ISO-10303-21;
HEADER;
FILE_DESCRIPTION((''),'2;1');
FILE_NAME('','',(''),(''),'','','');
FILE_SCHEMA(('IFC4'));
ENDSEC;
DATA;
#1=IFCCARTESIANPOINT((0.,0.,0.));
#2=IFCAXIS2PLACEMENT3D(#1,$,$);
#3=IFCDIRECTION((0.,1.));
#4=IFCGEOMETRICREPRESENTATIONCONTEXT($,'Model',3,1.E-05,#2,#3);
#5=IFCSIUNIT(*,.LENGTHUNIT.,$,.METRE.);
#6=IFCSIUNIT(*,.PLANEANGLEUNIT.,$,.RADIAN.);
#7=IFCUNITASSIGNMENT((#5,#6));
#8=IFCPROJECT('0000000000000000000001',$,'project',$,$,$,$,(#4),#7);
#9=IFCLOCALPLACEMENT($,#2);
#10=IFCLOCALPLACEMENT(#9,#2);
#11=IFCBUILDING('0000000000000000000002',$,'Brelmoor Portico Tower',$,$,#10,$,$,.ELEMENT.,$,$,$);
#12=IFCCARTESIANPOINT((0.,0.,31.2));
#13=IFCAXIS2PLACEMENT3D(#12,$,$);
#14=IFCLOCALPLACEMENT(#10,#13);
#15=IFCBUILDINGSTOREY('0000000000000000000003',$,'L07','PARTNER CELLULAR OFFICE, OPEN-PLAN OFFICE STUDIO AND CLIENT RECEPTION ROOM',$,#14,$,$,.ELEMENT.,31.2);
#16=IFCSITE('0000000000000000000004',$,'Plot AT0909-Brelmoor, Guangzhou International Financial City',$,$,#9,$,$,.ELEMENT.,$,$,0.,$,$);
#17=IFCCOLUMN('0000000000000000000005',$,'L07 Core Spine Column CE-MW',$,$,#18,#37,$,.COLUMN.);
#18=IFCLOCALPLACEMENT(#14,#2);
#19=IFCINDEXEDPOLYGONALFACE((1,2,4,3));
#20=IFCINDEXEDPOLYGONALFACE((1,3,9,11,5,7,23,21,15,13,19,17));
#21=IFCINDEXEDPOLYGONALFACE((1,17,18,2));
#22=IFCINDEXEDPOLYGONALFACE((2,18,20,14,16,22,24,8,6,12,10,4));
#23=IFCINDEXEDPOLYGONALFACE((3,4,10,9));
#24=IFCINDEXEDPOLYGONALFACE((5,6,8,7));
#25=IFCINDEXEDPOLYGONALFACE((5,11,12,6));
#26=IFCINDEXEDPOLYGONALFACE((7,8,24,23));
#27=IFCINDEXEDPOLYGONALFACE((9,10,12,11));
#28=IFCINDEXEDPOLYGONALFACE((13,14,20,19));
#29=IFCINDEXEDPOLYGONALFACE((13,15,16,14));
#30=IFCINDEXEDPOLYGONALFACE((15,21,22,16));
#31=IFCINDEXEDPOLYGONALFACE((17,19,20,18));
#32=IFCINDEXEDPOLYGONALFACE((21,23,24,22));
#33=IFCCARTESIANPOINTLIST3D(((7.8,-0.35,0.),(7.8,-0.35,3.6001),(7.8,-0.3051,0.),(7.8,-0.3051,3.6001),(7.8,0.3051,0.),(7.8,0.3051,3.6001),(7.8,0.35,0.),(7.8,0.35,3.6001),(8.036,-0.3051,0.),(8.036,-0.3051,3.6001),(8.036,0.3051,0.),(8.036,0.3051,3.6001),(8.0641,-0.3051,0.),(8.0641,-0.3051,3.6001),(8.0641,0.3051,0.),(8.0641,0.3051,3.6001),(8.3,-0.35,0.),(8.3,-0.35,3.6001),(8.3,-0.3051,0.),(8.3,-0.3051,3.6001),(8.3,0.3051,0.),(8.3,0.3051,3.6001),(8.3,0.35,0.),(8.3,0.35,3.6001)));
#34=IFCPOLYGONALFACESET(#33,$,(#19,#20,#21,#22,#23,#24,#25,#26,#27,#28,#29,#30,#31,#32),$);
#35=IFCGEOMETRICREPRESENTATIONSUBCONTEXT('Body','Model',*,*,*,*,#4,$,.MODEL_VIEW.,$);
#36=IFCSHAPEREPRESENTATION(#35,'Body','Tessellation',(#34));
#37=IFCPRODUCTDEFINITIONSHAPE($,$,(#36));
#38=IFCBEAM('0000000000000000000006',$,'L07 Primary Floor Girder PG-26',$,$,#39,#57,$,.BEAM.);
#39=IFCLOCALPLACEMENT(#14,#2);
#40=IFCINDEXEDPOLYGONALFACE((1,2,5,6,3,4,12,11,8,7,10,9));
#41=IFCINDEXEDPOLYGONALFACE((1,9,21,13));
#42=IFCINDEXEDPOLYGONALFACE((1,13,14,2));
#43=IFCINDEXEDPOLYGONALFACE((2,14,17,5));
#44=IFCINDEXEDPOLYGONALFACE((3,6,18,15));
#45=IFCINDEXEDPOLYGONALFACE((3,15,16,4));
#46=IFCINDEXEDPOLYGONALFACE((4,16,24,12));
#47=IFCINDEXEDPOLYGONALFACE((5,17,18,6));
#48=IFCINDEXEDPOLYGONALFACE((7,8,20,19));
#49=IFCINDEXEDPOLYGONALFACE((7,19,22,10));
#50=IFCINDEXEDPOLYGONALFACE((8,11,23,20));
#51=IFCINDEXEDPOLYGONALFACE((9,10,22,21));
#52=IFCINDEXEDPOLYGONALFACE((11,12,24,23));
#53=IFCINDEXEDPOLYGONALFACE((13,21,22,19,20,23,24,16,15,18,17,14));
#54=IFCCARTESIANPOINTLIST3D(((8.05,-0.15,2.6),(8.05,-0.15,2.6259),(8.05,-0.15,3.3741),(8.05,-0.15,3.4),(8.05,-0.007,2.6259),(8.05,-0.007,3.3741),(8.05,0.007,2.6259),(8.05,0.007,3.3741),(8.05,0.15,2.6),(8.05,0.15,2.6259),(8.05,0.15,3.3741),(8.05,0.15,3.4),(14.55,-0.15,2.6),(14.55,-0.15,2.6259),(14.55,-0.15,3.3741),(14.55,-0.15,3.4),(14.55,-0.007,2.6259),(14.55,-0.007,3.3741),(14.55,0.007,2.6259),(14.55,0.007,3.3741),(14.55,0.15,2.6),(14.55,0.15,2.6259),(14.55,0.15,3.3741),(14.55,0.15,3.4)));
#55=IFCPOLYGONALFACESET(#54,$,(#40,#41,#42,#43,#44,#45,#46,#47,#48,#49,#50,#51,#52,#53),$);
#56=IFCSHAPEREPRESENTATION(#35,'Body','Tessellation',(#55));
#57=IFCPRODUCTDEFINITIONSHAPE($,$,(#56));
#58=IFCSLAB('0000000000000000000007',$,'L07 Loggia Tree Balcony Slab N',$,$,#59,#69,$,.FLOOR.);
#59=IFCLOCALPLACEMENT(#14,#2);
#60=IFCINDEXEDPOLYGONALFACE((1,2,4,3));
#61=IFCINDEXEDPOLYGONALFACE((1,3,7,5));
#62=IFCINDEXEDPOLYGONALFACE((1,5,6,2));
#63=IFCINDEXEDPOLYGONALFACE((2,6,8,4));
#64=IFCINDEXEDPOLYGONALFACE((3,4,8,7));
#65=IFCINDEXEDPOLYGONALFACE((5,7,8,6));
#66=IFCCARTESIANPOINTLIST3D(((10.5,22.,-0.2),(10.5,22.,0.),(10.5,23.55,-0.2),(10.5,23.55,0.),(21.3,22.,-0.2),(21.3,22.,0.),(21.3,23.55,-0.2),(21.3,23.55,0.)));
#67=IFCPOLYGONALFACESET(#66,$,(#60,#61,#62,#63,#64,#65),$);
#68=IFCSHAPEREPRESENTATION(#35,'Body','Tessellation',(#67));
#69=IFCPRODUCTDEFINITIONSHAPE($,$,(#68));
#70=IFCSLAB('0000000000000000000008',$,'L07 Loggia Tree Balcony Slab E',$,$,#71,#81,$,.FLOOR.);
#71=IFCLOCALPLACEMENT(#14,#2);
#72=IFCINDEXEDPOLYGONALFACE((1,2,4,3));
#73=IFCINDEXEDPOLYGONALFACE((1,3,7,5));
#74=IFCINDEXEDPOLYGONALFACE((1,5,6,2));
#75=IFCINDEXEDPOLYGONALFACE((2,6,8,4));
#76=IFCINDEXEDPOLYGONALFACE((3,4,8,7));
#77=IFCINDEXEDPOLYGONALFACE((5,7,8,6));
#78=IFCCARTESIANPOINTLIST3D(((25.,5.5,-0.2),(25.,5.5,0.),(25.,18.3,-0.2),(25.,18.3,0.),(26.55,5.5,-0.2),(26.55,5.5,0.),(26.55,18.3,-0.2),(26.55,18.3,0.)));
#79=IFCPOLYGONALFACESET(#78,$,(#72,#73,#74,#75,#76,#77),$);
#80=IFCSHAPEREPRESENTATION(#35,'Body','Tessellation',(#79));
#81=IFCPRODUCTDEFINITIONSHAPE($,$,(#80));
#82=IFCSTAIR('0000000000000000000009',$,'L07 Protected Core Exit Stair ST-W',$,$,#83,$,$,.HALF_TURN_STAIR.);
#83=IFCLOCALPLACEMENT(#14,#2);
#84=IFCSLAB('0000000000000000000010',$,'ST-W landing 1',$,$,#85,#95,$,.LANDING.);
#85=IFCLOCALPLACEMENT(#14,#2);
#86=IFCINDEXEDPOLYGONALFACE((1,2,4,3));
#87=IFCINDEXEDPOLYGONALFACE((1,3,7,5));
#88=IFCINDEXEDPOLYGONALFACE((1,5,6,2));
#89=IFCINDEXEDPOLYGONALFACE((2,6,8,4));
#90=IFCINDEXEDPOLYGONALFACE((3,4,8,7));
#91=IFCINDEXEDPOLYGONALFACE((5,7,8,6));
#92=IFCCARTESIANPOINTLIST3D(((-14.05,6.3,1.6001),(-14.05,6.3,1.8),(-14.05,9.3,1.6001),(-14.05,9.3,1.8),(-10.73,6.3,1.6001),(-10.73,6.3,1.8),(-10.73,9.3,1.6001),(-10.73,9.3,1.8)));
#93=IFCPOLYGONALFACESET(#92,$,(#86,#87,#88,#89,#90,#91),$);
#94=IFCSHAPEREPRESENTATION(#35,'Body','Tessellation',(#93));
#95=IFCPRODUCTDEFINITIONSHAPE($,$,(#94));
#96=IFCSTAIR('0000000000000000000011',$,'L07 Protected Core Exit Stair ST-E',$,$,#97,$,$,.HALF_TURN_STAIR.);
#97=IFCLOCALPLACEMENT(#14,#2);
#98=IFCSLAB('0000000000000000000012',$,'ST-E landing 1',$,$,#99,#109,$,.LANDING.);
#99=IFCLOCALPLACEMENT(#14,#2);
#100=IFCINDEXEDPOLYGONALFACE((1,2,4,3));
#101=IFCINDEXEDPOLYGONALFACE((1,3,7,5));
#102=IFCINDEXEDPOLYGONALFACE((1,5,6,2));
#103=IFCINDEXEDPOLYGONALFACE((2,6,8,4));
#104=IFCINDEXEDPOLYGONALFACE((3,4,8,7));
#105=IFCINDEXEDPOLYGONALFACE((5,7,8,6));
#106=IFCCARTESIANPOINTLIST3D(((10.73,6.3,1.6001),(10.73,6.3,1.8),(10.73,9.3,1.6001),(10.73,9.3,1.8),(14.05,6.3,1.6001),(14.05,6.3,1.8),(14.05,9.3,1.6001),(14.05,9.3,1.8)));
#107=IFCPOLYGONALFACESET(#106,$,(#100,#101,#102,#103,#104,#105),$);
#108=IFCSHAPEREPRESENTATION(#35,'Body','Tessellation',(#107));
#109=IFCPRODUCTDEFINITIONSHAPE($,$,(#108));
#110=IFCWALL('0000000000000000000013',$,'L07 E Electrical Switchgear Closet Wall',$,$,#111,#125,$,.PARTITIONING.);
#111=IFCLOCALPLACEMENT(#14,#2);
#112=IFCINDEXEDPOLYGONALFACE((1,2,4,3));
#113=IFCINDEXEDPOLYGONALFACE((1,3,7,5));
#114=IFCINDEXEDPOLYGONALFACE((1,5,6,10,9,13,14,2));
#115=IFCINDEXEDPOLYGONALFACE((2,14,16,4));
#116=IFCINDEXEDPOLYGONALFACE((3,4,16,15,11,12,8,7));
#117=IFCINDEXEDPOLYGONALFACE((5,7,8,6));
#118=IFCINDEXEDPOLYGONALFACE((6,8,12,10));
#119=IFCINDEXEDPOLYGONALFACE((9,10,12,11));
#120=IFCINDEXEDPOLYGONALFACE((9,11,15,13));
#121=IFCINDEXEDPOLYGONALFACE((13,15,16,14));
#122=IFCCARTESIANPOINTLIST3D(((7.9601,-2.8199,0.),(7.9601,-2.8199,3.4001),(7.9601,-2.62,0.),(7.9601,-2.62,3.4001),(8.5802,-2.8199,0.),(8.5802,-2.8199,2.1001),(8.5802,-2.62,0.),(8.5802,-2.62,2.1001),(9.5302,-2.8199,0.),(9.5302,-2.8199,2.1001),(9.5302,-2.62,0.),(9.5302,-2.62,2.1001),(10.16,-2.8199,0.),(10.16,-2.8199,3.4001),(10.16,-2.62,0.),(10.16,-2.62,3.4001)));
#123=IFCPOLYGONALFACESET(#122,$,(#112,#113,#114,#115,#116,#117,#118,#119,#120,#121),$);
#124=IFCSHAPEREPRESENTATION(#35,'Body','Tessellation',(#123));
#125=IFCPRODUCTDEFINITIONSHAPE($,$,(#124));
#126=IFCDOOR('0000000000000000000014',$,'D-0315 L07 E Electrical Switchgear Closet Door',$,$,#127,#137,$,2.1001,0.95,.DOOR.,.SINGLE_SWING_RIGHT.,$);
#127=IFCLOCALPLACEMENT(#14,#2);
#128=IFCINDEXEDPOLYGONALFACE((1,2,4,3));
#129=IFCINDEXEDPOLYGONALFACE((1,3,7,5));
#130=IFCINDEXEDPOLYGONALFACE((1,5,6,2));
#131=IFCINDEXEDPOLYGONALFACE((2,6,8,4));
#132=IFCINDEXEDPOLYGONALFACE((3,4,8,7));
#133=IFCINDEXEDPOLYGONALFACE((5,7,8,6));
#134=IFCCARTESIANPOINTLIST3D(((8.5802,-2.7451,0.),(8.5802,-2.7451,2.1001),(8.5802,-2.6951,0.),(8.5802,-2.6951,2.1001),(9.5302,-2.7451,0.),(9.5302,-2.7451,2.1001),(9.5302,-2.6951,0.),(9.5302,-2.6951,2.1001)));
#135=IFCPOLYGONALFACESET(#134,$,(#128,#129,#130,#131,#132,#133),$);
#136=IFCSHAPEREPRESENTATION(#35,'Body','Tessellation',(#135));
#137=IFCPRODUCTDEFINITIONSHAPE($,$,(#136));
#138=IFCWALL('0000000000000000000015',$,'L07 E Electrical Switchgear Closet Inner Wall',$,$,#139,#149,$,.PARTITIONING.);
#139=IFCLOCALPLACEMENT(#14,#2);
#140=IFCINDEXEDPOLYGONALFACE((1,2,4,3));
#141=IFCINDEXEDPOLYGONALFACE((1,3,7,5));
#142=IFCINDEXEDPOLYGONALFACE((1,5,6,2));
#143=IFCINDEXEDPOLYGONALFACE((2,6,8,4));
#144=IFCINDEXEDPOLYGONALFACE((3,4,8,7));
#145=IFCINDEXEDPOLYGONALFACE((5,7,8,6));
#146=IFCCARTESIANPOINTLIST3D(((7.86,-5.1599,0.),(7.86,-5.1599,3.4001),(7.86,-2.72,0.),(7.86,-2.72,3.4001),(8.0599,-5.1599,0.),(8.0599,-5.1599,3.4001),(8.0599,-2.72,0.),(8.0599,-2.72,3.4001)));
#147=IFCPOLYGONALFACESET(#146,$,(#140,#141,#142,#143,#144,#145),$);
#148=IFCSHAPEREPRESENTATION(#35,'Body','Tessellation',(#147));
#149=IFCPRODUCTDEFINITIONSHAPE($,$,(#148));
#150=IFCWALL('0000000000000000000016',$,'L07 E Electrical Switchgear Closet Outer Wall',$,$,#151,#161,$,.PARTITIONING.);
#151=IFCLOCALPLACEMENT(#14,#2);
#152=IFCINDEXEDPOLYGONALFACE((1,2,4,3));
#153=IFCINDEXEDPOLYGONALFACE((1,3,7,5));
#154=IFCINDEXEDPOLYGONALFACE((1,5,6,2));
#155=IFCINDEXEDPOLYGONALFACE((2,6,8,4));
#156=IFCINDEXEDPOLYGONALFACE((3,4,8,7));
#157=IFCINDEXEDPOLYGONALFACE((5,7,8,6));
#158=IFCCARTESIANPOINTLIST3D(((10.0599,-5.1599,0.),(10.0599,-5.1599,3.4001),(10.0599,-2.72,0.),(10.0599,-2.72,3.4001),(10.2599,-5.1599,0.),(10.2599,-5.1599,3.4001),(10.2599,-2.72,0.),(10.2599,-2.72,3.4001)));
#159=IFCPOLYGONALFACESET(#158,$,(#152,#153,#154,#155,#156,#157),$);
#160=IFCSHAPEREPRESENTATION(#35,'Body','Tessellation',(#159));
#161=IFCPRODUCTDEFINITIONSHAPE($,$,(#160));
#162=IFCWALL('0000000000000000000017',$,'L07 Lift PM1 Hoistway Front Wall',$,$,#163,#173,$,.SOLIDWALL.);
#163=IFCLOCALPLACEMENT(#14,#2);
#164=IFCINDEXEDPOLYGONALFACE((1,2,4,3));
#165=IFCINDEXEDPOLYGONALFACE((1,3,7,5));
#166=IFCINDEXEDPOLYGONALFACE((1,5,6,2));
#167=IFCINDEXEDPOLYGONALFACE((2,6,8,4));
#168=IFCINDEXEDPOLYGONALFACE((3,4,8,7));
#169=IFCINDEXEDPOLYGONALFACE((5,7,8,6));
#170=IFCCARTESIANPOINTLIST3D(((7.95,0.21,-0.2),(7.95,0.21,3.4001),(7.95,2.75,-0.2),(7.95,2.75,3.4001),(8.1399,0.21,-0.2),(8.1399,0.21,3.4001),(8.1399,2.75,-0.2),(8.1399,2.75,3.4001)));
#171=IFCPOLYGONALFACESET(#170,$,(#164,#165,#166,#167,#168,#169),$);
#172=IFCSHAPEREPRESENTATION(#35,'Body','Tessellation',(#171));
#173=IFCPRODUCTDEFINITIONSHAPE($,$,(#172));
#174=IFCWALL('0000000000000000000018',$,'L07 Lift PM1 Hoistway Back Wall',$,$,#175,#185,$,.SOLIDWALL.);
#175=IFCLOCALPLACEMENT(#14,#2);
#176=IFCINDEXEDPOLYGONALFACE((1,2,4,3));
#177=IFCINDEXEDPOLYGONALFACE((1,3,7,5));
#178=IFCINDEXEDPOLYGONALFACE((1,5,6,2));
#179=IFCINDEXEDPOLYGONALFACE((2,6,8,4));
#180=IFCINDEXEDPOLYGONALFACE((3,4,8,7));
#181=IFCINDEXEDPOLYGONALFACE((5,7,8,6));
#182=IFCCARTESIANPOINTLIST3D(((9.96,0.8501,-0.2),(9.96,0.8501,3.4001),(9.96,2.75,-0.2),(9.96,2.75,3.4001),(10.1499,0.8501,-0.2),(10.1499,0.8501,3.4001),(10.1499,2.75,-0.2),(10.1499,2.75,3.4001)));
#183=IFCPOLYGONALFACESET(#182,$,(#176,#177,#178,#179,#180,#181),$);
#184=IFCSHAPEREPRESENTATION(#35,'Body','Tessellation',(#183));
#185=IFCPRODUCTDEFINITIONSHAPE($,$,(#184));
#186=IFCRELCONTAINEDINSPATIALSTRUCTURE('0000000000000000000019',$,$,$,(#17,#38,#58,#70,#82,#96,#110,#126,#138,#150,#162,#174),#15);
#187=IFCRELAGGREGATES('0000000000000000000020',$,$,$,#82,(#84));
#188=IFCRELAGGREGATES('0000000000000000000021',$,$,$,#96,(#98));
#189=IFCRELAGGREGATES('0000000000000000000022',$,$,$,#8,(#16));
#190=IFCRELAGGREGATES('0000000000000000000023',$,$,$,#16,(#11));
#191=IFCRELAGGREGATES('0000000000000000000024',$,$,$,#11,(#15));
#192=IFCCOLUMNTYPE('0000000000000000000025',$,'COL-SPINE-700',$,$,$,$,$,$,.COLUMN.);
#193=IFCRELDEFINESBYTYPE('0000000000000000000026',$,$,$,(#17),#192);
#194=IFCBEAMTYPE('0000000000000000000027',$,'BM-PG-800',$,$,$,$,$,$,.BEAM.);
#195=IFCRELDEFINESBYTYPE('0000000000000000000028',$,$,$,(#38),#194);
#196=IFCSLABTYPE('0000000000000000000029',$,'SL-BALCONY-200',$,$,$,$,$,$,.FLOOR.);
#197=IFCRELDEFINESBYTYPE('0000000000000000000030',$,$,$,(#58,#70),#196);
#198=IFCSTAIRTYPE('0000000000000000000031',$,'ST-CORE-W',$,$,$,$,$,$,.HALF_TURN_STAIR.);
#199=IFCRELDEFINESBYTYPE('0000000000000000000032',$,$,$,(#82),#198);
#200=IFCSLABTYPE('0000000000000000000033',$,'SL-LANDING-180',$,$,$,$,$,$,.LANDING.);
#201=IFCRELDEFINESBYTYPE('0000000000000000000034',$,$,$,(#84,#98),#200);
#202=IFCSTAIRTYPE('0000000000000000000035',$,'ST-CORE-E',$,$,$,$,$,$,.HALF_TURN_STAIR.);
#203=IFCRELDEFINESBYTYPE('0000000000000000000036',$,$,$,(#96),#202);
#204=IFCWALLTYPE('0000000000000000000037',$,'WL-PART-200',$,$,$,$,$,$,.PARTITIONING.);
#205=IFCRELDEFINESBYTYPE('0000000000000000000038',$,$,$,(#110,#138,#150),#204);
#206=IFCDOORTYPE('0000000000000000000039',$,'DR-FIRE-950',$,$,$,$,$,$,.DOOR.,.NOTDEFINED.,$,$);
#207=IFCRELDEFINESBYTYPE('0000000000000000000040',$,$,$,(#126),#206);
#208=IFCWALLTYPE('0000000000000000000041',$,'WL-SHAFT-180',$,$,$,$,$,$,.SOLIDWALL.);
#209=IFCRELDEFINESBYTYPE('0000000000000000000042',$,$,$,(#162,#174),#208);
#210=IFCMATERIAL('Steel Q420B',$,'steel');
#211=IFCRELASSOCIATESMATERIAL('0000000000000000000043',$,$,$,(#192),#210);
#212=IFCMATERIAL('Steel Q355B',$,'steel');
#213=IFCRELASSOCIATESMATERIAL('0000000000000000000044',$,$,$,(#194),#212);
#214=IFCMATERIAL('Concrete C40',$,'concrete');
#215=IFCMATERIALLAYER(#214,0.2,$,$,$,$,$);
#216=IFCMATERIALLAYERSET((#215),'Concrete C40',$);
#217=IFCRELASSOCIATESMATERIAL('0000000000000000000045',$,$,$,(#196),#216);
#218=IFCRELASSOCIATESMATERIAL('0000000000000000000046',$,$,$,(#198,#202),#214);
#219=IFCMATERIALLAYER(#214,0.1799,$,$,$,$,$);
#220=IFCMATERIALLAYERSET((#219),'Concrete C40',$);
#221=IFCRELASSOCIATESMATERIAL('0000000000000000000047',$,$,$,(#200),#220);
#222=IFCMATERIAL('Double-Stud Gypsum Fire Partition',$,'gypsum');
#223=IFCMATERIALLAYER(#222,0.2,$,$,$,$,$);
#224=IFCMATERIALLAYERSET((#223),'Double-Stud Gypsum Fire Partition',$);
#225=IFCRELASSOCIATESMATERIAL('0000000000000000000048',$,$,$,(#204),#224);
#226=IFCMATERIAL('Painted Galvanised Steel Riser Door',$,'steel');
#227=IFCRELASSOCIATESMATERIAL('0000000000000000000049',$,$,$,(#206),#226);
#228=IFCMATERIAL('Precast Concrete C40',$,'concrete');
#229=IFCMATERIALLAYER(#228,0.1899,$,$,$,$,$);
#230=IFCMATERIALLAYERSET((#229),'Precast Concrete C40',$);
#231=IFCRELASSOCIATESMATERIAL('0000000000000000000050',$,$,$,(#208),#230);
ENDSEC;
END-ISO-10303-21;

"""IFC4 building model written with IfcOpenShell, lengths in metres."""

from ifc_helpers import new_model, si_unit, direction, frame, frame_2d, origin, origin_2d, place, context, subcontext, project, spatial, polyline, rectangle, i_section, outline, extrude, material, layer, layer_set, material_profile, profile_set, type_object, element, fill, aggregate, save


model = new_model("IFC4")

# Units and contexts
model_context = context("Model", 3, precision=1e-05, world=origin(), true_north=direction((0.0, 1.0)))
body_context = subcontext(model_context, "Body", "Model", "MODEL_VIEW")
ifc_project = project(units=[si_unit("LENGTHUNIT", "METRE"), si_unit("PLANEANGLEUNIT", "RADIAN")], contexts=[model_context])

# Site, building, storey
site_placement = place(None, origin())
site = spatial("IfcSite", under=ifc_project, at=site_placement, Name="Plot AT0909-Brelmoor, Guangzhou International Financial City", CompositionType="ELEMENT", RefElevation=0.0)
building_placement = place(site_placement, origin())
building = spatial("IfcBuilding", under=site, at=building_placement, Name="Brelmoor Portico Tower", CompositionType="ELEMENT")
storey_placement = place(building_placement, frame((0.0, 0.0, 31.2)))
storey = spatial("IfcBuildingStorey", under=building, at=storey_placement, Name="L07", Description="PARTNER CELLULAR OFFICE, OPEN-PLAN OFFICE STUDIO AND CLIENT RECEPTION ROOM", CompositionType="ELEMENT", Elevation=31.2)

# Column
ifc_material_1 = material(Name="Steel Q420B", Category="steel")
ifc_material_profile_1 = material_profile(ifc_material_1, i_section(OverallWidth=0.5, OverallDepth=0.7, WebThickness=0.0281, FlangeThickness=0.0449, at=origin_2d()), Name="HW 700x500x28x45")
ifc_profile_set_1 = profile_set([ifc_material_profile_1], Name="Steel Q420B")
column_type = type_object("IfcColumnType", Name="COL-SPINE-700", PredefinedType="COLUMN", material=ifc_profile_set_1)
column_placement = place(storey_placement, frame((8.05, 0.0, 0.0), z_axis=(0.0, 0.0, 1.0), x_axis=(1.0, 0.0, 0.0)))
element("IfcColumn", 1, at=column_placement, inside=storey, type_object=column_type, Name="L07 Core Spine Column CE-MW", PredefinedType="COLUMN", context=body_context, shape_type="SweptSolid", body=[
    extrude(i_section(OverallWidth=0.5, OverallDepth=0.7, WebThickness=0.0281, FlangeThickness=0.0449, at=origin_2d()), origin(), (0.0, 0.0, 1.0), 3.6001),
])

# Beam
ifc_material_2 = material(Name="Steel Q355B", Category="steel")
ifc_material_profile_2 = material_profile(ifc_material_2, i_section(OverallWidth=0.3, OverallDepth=0.8, WebThickness=0.0139, FlangeThickness=0.0259, at=origin_2d()), Name="HN 800x300x14x26")
ifc_profile_set_2 = profile_set([ifc_material_profile_2], Name="Steel Q355B")
beam_type = type_object("IfcBeamType", Name="BM-PG-800", PredefinedType="BEAM", material=ifc_profile_set_2)
beam_placement = place(storey_placement, frame((8.05, 0.0, 3.0), z_axis=(1.0, 0.0, 0.0), x_axis=(0.0, 1.0, 0.0)))
element("IfcBeam", 2, at=beam_placement, inside=storey, type_object=beam_type, Name="L07 Primary Floor Girder PG-26", PredefinedType="BEAM", context=body_context, shape_type="SweptSolid", body=[
    extrude(i_section(OverallWidth=0.3, OverallDepth=0.8, WebThickness=0.0139, FlangeThickness=0.0259, at=origin_2d()), origin(), (0.0, 0.0, 1.0), 6.5),
])

# Slabs
ifc_material_3 = material(Name="Concrete C40", Category="concrete")
ifc_layer_1 = layer(ifc_material_3, 0.2)
ifc_layer_set_1 = layer_set([ifc_layer_1], Name="Concrete C40")
slab_type_1 = type_object("IfcSlabType", Name="SL-BALCONY-200", PredefinedType="FLOOR", material=ifc_layer_set_1)
slab_1_placement = place(storey_placement, frame((0.0, 0.0, -0.2)))
element("IfcSlab", 3, at=slab_1_placement, inside=storey, type_object=slab_type_1, Name="L07 Loggia Tree Balcony Slab N", PredefinedType="FLOOR", context=body_context, shape_type="SweptSolid", body=[
    extrude(outline(polyline([(10.5, 22.0), (21.3, 22.0), (21.3, 23.55), (10.5, 23.55), (10.5, 22.0)])), origin(), (0.0, 0.0, 1.0), 0.2),
])
slab_2_placement = place(storey_placement, frame((0.0, 0.0, -0.2)))
element("IfcSlab", 4, at=slab_2_placement, inside=storey, type_object=slab_type_1, Name="L07 Loggia Tree Balcony Slab E", PredefinedType="FLOOR", context=body_context, shape_type="SweptSolid", body=[
    extrude(outline(polyline([(25.0, 5.5), (26.55, 5.5), (26.55, 18.3), (25.0, 18.3), (25.0, 5.5)])), origin(), (0.0, 0.0, 1.0), 0.2),
])

# Stairs, slabs
stair_type_1 = type_object("IfcStairType", Name="ST-CORE-W", PredefinedType="HALF_TURN_STAIR", material=ifc_material_3)
stair_1_placement = place(storey_placement, origin())
stair_1 = element("IfcStair", 5, at=stair_1_placement, inside=storey, type_object=stair_type_1, Name="L07 Protected Core Exit Stair ST-W", PredefinedType="HALF_TURN_STAIR")
ifc_layer_2 = layer(ifc_material_3, 0.1799)
ifc_layer_set_2 = layer_set([ifc_layer_2], Name="Concrete C40")
slab_type_2 = type_object("IfcSlabType", Name="SL-LANDING-180", PredefinedType="LANDING", material=ifc_layer_set_2)
slab_3_placement = place(storey_placement, frame((0.0, 0.0, 1.6001)))
slab_3 = element("IfcSlab", 6, at=slab_3_placement, type_object=slab_type_2, Name="ST-W landing 1", PredefinedType="LANDING", context=body_context, shape_type="SweptSolid", body=[
    extrude(outline(polyline([(-10.73, 6.3), (-10.73, 9.3), (-14.05, 9.3), (-14.05, 6.3), (-10.73, 6.3)])), origin(), (0.0, 0.0, 1.0), 0.2),
])
aggregate(stair_1, [slab_3])
stair_type_2 = type_object("IfcStairType", Name="ST-CORE-E", PredefinedType="HALF_TURN_STAIR", material=ifc_material_3)
stair_2_placement = place(storey_placement, origin())
stair_2 = element("IfcStair", 7, at=stair_2_placement, inside=storey, type_object=stair_type_2, Name="L07 Protected Core Exit Stair ST-E", PredefinedType="HALF_TURN_STAIR")
slab_4_placement = place(storey_placement, frame((0.0, 0.0, 1.6001)))
slab_4 = element("IfcSlab", 8, at=slab_4_placement, type_object=slab_type_2, Name="ST-E landing 1", PredefinedType="LANDING", context=body_context, shape_type="SweptSolid", body=[
    extrude(outline(polyline([(14.05, 6.3), (14.05, 9.3), (10.73, 9.3), (10.73, 6.3), (14.05, 6.3)])), origin(), (0.0, 0.0, 1.0), 0.2),
])
aggregate(stair_2, [slab_4])

# Wall, opening, door
ifc_material_4 = material(Name="Double-Stud Gypsum Fire Partition", Category="gypsum")
ifc_layer_3 = layer(ifc_material_4, 0.2)
ifc_layer_set_3 = layer_set([ifc_layer_3], Name="Double-Stud Gypsum Fire Partition")
wall_type_1 = type_object("IfcWallType", Name="WL-PART-200", PredefinedType="PARTITIONING", material=ifc_layer_set_3)
wall_1_placement = place(storey_placement, frame((7.96, -2.72, 0.0), z_axis=(0.0, 0.0, 1.0), x_axis=(1.0, 0.0, 0.0)))
wall_1 = element("IfcWall", 9, at=wall_1_placement, inside=storey, type_object=wall_type_1, Name="L07 E Electrical Switchgear Closet Wall", PredefinedType="PARTITIONING", context=body_context, shape_type="SweptSolid", body=[
    extrude(rectangle(XDim=2.2, YDim=0.2, at=frame_2d((1.1001, 0.0))), origin(), (0.0, 0.0, 1.0), 3.4001),
])
opening_1_placement = place(wall_1_placement, frame((0.6201, 0.0, 0.0)))
opening_1 = element("IfcOpeningElement", 10, at=opening_1_placement, cuts=wall_1, PredefinedType="OPENING", context=body_context, shape_type="SweptSolid", body=[
    extrude(rectangle(XDim=0.95, YDim=2.1001, at=frame_2d((0.4751, 1.05))), frame((0.0, 0.1099, 0.0), z_axis=(0.0, -1.0, 0.0), x_axis=(1.0, 0.0, 0.0)), (0.0, 0.0, 1.0), 0.22),
])
ifc_material_5 = material(Name="Painted Galvanised Steel Riser Door", Category="steel")
door_type_1 = type_object("IfcDoorType", Name="DR-FIRE-950", OperationType="NOTDEFINED", PredefinedType="DOOR", material=ifc_material_5)
door_1_placement = place(opening_1_placement, origin())
door_1 = element("IfcDoor", 11, at=door_1_placement, inside=storey, type_object=door_type_1, Name="D-0315 L07 E Electrical Switchgear Closet Door", OperationType="SINGLE_SWING_RIGHT", OverallHeight=2.1001, OverallWidth=0.95, PredefinedType="DOOR", context=body_context, shape_type="SweptSolid", body=[
    extrude(rectangle(XDim=0.95, YDim=2.1001, at=frame_2d((0.4751, 1.05))), frame((0.0, 0.0249, 0.0), z_axis=(0.0, -1.0, 0.0), x_axis=(1.0, 0.0, 0.0)), (0.0, 0.0, 1.0), 0.05),
])
fill(opening_1, door_1)

# Walls
for number, where, z_axis, x_axis, name in (
    (12, (7.96, -5.1599, 0.0), (0.0, 0.0, 1.0), (0.0, 1.0, 0.0), "L07 E Electrical Switchgear Closet Inner Wall"),
    (13, (10.1599, -5.1599, 0.0), (0.0, 0.0, 1.0), (0.0, 1.0, 0.0), "L07 E Electrical Switchgear Closet Outer Wall"),
):
    element("IfcWall", number, at=place(storey_placement, frame(where, z_axis=z_axis, x_axis=x_axis)), inside=storey, type_object=wall_type_1, Name=name, PredefinedType="PARTITIONING", context=body_context, shape_type="SweptSolid", body=[
        extrude(rectangle(XDim=2.4399, YDim=0.2, at=frame_2d((1.22, 0.0))), origin(), (0.0, 0.0, 1.0), 3.4001),
    ])
ifc_material_6 = material(Name="Precast Concrete C40", Category="concrete")
ifc_layer_4 = layer(ifc_material_6, 0.1899)
ifc_layer_set_4 = layer_set([ifc_layer_4], Name="Precast Concrete C40")
wall_type_2 = type_object("IfcWallType", Name="WL-SHAFT-180", PredefinedType="SOLIDWALL", material=ifc_layer_set_4)
wall_2_placement = place(storey_placement, frame((8.0449, 0.21, -0.2), z_axis=(0.0, 0.0, 1.0), x_axis=(0.0, 1.0, 0.0)))
element("IfcWall", 14, at=wall_2_placement, inside=storey, type_object=wall_type_2, Name="L07 Lift PM1 Hoistway Front Wall", PredefinedType="SOLIDWALL", context=body_context, shape_type="SweptSolid", body=[
    extrude(rectangle(XDim=2.54, YDim=0.1899, at=frame_2d((1.27, 0.0))), origin(), (0.0, 0.0, 1.0), 3.6001),
])
wall_3_placement = place(storey_placement, frame((10.0549, 0.8501, -0.2), z_axis=(0.0, 0.0, 1.0), x_axis=(0.0, 1.0, 0.0)))
element("IfcWall", 15, at=wall_3_placement, inside=storey, type_object=wall_type_2, Name="L07 Lift PM1 Hoistway Back Wall", PredefinedType="SOLIDWALL", context=body_context, shape_type="SweptSolid", body=[
    extrude(rectangle(XDim=1.8999, YDim=0.1899, at=frame_2d((0.95, 0.0))), origin(), (0.0, 0.0, 1.0), 3.6001),
])

save(model, "model.ifc")
